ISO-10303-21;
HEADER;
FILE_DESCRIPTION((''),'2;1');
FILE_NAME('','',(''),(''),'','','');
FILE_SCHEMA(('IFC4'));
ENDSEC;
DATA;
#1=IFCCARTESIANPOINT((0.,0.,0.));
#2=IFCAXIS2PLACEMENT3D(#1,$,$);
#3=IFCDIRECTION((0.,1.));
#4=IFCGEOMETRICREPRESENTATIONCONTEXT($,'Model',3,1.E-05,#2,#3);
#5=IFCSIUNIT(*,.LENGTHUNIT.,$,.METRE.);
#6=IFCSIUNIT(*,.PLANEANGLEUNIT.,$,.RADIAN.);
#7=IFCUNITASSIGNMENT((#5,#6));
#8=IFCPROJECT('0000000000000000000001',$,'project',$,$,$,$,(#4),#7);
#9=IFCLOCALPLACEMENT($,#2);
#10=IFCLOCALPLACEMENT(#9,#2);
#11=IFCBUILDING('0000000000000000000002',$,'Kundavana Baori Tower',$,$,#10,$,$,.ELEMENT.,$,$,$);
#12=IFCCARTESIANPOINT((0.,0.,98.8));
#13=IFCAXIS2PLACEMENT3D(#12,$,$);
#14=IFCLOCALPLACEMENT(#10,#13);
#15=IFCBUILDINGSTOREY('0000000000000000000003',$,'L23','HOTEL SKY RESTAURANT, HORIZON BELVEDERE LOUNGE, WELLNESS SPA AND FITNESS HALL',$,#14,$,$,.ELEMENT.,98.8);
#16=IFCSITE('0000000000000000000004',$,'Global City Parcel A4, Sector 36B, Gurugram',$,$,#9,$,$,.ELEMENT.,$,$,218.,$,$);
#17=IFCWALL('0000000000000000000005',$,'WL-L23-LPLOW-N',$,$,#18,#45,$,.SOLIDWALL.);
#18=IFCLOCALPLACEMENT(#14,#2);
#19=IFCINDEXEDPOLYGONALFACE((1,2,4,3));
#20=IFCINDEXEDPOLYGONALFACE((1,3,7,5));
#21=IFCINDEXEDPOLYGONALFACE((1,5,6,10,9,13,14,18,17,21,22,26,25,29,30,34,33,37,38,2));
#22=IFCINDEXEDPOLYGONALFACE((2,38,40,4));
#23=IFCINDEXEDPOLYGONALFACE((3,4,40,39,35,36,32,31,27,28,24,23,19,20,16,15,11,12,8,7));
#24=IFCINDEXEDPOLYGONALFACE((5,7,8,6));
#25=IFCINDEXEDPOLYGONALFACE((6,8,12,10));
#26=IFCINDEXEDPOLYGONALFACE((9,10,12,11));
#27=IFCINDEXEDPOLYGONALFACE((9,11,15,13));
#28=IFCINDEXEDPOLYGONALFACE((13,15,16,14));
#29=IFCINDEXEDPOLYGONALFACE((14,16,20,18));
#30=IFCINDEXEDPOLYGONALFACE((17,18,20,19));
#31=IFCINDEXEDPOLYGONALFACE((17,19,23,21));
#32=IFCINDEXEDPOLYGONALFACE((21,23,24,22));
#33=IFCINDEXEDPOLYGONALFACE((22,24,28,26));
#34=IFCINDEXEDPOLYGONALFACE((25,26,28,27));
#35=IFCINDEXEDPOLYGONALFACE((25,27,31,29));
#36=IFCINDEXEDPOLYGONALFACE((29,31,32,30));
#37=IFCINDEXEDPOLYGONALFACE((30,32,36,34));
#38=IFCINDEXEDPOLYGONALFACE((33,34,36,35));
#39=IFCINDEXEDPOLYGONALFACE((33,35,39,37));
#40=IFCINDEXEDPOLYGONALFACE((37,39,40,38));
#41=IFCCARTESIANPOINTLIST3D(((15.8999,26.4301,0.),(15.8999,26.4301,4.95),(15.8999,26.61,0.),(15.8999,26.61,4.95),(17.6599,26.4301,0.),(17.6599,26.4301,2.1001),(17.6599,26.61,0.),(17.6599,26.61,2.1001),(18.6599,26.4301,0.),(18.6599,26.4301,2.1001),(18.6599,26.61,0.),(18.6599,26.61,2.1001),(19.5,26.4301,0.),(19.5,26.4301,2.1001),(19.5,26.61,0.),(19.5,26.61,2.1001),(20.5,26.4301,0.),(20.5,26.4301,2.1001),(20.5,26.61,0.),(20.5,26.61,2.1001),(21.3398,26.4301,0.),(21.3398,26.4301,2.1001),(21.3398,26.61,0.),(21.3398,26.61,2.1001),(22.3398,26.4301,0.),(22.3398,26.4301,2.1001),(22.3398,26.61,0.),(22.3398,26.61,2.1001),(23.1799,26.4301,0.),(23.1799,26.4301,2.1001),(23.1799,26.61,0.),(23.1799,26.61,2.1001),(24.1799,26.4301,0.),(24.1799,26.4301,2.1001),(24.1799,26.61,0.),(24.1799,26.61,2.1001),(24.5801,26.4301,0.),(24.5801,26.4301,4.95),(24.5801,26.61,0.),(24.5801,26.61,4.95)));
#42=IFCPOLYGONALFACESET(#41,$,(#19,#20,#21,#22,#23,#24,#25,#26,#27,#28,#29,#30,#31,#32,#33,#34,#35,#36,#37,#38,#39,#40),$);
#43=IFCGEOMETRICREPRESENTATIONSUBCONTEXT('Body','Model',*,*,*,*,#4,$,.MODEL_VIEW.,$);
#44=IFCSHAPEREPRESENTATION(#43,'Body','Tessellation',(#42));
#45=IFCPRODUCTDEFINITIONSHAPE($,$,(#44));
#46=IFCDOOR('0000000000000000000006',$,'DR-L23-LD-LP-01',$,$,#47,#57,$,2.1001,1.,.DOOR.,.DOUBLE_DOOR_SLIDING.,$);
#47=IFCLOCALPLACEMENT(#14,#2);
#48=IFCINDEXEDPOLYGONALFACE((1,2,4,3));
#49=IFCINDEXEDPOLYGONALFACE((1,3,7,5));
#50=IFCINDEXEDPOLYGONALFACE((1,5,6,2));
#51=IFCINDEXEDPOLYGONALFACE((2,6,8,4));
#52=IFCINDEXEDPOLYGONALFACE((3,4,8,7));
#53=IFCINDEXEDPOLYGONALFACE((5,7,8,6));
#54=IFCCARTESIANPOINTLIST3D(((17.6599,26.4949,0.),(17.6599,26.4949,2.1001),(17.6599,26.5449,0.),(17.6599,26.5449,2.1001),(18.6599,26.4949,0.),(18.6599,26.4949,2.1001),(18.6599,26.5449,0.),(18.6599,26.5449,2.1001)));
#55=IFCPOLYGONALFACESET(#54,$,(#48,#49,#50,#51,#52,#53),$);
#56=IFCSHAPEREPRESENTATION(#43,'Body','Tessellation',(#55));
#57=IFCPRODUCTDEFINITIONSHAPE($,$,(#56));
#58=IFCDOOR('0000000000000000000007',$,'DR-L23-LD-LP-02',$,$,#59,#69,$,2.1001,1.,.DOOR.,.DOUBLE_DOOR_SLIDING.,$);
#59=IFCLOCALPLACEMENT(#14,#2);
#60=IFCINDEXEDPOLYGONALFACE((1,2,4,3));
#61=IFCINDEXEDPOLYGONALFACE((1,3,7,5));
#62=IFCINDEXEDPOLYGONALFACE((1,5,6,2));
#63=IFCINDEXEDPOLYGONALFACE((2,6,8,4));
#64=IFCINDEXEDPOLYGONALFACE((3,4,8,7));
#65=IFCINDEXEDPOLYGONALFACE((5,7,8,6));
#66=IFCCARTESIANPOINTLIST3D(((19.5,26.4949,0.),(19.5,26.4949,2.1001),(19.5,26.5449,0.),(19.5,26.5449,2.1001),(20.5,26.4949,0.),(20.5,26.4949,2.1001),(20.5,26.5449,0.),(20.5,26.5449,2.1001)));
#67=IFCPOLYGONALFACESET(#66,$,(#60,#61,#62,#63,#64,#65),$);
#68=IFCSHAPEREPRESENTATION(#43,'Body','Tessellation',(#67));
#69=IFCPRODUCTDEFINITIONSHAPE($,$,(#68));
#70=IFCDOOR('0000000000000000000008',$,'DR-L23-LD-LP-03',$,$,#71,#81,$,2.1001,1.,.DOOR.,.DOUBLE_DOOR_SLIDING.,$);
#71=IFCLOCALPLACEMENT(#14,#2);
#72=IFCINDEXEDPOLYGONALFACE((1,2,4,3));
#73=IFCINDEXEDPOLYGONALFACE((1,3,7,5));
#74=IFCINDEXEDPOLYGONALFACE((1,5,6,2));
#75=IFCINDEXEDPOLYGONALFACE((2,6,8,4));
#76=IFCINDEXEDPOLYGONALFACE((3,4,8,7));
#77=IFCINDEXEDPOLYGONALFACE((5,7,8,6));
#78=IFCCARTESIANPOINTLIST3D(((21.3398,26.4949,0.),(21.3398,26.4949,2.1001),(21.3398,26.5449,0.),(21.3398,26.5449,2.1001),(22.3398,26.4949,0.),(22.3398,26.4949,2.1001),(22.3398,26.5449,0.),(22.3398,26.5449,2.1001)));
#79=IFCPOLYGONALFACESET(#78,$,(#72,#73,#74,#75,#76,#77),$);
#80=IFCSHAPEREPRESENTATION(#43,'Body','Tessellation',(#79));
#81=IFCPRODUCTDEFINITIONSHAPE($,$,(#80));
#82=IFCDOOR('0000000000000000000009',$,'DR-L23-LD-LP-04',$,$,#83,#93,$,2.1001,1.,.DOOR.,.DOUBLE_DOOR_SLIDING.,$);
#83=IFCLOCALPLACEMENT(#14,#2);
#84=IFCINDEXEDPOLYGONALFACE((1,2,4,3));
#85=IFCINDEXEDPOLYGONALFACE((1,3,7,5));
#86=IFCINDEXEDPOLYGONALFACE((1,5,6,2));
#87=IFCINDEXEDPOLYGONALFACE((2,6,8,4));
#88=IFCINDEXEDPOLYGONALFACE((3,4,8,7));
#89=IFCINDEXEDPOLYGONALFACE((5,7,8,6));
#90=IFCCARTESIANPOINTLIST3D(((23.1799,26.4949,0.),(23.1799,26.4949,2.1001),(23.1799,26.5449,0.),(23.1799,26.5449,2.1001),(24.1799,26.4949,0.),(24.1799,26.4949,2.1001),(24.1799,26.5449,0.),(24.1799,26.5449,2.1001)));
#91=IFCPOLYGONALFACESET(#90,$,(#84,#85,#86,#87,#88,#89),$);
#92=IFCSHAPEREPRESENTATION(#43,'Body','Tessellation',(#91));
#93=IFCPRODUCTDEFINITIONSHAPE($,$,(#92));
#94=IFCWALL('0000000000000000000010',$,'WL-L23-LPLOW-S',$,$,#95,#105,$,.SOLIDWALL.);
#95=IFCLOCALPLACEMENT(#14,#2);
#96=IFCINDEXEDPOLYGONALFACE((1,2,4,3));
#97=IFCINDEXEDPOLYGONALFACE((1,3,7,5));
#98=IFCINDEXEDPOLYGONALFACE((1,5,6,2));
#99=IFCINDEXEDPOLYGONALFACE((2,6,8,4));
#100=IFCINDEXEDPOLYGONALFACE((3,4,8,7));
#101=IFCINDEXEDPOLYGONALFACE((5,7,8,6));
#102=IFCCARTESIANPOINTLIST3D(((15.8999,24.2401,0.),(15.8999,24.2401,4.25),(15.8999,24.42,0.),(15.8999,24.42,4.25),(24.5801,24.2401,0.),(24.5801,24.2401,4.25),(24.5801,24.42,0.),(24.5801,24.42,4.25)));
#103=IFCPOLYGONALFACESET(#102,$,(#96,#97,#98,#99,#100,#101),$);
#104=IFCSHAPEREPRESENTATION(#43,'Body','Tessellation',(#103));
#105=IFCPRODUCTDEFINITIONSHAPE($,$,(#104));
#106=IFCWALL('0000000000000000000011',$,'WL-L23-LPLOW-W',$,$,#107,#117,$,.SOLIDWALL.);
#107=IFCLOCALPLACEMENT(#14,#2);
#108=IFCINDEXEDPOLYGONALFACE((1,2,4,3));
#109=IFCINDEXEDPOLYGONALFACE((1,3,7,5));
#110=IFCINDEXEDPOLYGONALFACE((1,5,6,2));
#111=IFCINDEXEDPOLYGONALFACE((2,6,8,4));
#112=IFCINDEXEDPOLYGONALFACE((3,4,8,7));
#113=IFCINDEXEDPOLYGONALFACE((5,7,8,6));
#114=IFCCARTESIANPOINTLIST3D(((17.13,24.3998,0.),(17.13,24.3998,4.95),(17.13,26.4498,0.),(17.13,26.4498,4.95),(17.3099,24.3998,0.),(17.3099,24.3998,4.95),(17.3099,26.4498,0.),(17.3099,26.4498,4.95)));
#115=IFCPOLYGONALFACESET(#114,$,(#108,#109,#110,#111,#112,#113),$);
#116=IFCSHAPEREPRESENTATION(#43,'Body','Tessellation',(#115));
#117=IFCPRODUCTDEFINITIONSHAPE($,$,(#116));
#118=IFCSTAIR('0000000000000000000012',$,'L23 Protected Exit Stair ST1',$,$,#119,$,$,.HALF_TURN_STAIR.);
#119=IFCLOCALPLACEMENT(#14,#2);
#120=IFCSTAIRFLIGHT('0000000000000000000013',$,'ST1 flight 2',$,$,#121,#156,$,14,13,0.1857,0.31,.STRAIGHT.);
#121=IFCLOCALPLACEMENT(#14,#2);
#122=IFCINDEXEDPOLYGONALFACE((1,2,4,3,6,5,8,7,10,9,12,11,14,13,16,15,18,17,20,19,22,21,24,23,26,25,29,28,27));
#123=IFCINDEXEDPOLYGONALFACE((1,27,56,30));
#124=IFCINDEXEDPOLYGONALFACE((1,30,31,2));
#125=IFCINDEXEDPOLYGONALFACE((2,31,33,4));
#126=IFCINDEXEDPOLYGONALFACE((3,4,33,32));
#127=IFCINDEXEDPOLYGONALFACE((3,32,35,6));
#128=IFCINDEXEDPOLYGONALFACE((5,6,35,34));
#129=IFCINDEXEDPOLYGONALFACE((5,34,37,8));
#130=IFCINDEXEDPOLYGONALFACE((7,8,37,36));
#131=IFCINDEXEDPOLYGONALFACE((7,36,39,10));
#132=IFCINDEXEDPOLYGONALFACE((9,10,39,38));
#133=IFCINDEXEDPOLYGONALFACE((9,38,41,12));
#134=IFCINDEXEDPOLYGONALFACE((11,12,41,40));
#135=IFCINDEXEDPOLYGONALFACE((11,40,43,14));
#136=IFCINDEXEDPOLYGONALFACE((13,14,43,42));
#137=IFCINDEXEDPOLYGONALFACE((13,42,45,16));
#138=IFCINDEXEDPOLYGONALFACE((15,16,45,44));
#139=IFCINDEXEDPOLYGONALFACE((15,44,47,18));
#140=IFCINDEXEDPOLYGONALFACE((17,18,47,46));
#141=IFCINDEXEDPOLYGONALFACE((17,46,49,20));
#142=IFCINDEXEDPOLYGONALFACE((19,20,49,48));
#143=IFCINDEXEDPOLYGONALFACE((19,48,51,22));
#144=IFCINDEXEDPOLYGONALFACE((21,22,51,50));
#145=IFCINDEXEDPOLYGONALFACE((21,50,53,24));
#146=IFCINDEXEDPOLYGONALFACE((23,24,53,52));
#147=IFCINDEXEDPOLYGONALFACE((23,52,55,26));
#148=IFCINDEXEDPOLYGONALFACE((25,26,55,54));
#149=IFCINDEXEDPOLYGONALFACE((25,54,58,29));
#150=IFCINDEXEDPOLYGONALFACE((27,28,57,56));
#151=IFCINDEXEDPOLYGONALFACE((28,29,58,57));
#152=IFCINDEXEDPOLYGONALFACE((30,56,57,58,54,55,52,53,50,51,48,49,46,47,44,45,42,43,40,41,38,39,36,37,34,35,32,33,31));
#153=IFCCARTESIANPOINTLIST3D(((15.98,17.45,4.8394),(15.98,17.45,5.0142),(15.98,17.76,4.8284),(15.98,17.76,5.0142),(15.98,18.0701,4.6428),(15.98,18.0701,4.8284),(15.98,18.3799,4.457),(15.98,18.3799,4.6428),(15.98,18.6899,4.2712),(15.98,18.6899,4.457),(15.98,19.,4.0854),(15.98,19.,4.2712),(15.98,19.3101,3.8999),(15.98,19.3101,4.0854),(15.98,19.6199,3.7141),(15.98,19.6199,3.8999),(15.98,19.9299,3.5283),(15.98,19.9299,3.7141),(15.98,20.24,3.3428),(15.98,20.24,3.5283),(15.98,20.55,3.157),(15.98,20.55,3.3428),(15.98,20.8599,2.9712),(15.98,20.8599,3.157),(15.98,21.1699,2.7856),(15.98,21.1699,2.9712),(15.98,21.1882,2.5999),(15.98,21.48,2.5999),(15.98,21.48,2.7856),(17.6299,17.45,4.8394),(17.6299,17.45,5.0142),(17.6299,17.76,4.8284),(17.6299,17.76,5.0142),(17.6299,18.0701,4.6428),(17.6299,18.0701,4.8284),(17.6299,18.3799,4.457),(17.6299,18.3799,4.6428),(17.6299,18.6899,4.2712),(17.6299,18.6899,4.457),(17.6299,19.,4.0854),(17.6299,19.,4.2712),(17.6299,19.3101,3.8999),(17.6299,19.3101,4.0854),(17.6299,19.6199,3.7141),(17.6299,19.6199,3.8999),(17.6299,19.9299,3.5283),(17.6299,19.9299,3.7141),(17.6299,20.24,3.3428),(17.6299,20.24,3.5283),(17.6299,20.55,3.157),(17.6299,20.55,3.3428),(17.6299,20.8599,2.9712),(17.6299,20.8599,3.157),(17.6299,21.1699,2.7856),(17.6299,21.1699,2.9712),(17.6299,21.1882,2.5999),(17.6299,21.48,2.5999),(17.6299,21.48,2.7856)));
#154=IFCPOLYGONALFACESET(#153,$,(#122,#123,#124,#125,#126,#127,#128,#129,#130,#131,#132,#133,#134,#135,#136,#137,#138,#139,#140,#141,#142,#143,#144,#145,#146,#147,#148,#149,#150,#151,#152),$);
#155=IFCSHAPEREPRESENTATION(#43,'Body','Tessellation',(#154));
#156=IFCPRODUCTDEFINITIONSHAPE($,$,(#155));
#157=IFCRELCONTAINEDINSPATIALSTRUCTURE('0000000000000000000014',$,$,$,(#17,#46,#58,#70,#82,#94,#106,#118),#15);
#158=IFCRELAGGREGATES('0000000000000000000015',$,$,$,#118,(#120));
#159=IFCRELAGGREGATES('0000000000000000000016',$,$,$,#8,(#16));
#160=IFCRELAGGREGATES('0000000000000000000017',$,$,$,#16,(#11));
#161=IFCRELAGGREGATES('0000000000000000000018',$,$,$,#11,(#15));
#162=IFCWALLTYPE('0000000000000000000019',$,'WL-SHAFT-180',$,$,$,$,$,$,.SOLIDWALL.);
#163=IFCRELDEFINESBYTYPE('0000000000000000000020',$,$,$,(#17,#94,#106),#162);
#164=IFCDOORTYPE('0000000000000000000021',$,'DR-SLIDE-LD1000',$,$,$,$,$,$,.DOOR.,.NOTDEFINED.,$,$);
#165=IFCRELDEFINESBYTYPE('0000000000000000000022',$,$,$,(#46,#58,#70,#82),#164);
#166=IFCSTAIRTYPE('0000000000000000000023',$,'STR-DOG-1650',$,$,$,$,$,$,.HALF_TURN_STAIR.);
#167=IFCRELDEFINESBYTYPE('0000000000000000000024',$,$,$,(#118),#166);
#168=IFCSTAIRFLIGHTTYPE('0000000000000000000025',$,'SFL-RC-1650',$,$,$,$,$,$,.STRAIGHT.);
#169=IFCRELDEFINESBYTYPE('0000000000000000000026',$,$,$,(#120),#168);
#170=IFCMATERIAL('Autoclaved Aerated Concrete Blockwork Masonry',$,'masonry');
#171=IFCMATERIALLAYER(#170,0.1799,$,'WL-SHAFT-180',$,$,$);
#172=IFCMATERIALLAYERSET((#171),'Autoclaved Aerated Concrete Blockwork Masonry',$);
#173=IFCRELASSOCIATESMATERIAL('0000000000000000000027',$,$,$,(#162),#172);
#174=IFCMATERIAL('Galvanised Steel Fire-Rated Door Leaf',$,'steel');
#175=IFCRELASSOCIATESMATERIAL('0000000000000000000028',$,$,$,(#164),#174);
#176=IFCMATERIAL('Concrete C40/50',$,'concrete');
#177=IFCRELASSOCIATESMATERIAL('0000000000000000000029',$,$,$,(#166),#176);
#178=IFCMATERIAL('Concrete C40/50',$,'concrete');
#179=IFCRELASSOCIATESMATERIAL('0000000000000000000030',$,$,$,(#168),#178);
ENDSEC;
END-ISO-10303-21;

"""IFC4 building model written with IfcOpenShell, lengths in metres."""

from ifc_helpers import new_model, si_unit, direction, frame, frame_2d, origin, place, context, subcontext, project, spatial, polyline, rectangle, outline, extrude, material, layer, layer_set, type_object, element, fill, aggregate, save


model = new_model("IFC4")

# Units and contexts
model_context = context("Model", 3, precision=1e-05, world=origin(), true_north=direction((0.0, 1.0)))
body_context = subcontext(model_context, "Body", "Model", "MODEL_VIEW")
ifc_project = project(units=[si_unit("LENGTHUNIT", "METRE"), si_unit("PLANEANGLEUNIT", "RADIAN")], contexts=[model_context])

# Site, building, storey
site_placement = place(None, origin())
site = spatial("IfcSite", under=ifc_project, at=site_placement, Name="Global City Parcel A4, Sector 36B, Gurugram", CompositionType="ELEMENT", RefElevation=218.0)
building_placement = place(site_placement, origin())
building = spatial("IfcBuilding", under=site, at=building_placement, Name="Kundavana Baori Tower", CompositionType="ELEMENT")
storey_placement = place(building_placement, frame((0.0, 0.0, 98.8)))
storey = spatial("IfcBuildingStorey", under=building, at=storey_placement, Name="L23", Description="HOTEL SKY RESTAURANT, HORIZON BELVEDERE LOUNGE, WELLNESS SPA AND FITNESS HALL", CompositionType="ELEMENT", Elevation=98.8)

# Shared definitions
ifc_material_1 = material(Name="Autoclaved Aerated Concrete Blockwork Masonry", Category="masonry")
ifc_layer_1 = layer(ifc_material_1, 0.1799, Name="WL-SHAFT-180")
ifc_layer_set_1 = layer_set([ifc_layer_1], Name="Autoclaved Aerated Concrete Blockwork Masonry")
wall_type_1 = type_object("IfcWallType", Name="WL-SHAFT-180", PredefinedType="SOLIDWALL", material=ifc_layer_set_1)

# Wall, openings, doors
wall_1_placement = place(storey_placement, frame((15.8999, 26.52, 0.0), z_axis=(0.0, 0.0, 1.0), x_axis=(1.0, 0.0, 0.0)))
wall_1 = element("IfcWall", 1, at=wall_1_placement, inside=storey, type_object=wall_type_1, Name="WL-L23-LPLOW-N", PredefinedType="SOLIDWALL", context=body_context, shape_type="SweptSolid", body=[
    extrude(rectangle(XDim=8.6802, YDim=0.1799, at=frame_2d((4.3401, 0.0))), origin(), (0.0, 0.0, 1.0), 4.95),
])
opening_1_placement = place(wall_1_placement, frame((1.76, 0.0, 0.0)))
opening_1 = element("IfcOpeningElement", 2, at=opening_1_placement, cuts=wall_1, PredefinedType="OPENING", context=body_context, shape_type="SweptSolid", body=[
    extrude(rectangle(XDim=1.0, YDim=2.1001, at=frame_2d((0.5, 1.05))), frame((0.0, 0.1001, 0.0), z_axis=(0.0, -1.0, 0.0), x_axis=(1.0, 0.0, 0.0)), (0.0, 0.0, 1.0), 0.2),
])
opening_2_placement = place(wall_1_placement, frame((3.6001, 0.0, 0.0)))
opening_2 = element("IfcOpeningElement", 3, at=opening_2_placement, cuts=wall_1, PredefinedType="OPENING", context=body_context, shape_type="SweptSolid", body=[
    extrude(rectangle(XDim=1.0, YDim=2.1001, at=frame_2d((0.5, 1.05))), frame((0.0, 0.1001, 0.0), z_axis=(0.0, -1.0, 0.0), x_axis=(1.0, 0.0, 0.0)), (0.0, 0.0, 1.0), 0.2),
])
opening_3_placement = place(wall_1_placement, frame((5.4399, 0.0, 0.0)))
opening_3 = element("IfcOpeningElement", 4, at=opening_3_placement, cuts=wall_1, PredefinedType="OPENING", context=body_context, shape_type="SweptSolid", body=[
    extrude(rectangle(XDim=1.0, YDim=2.1001, at=frame_2d((0.5, 1.05))), frame((0.0, 0.1001, 0.0), z_axis=(0.0, -1.0, 0.0), x_axis=(1.0, 0.0, 0.0)), (0.0, 0.0, 1.0), 0.2),
])
opening_4_placement = place(wall_1_placement, frame((7.28, 0.0, 0.0)))
opening_4 = element("IfcOpeningElement", 5, at=opening_4_placement, cuts=wall_1, PredefinedType="OPENING", context=body_context, shape_type="SweptSolid", body=[
    extrude(rectangle(XDim=1.0, YDim=2.1001, at=frame_2d((0.5, 1.05))), frame((0.0, 0.1001, 0.0), z_axis=(0.0, -1.0, 0.0), x_axis=(1.0, 0.0, 0.0)), (0.0, 0.0, 1.0), 0.2),
])
ifc_material_2 = material(Name="Galvanised Steel Fire-Rated Door Leaf", Category="steel")
door_type_1 = type_object("IfcDoorType", Name="DR-SLIDE-LD1000", OperationType="NOTDEFINED", PredefinedType="DOOR", material=ifc_material_2)
door_1_placement = place(opening_1_placement, origin())
door_1 = element("IfcDoor", 6, at=door_1_placement, inside=storey, type_object=door_type_1, Name="DR-L23-LD-LP-01", OperationType="DOUBLE_DOOR_SLIDING", OverallHeight=2.1001, OverallWidth=1.0, PredefinedType="DOOR", context=body_context, shape_type="SweptSolid", body=[
    extrude(rectangle(XDim=1.0, YDim=2.1001, at=frame_2d((0.5, 1.05))), frame((0.0, 0.0249, 0.0), z_axis=(0.0, -1.0, 0.0), x_axis=(1.0, 0.0, 0.0)), (0.0, 0.0, 1.0), 0.05),
])
fill(opening_1, door_1)
door_2_placement = place(opening_2_placement, origin())
door_2 = element("IfcDoor", 7, at=door_2_placement, inside=storey, type_object=door_type_1, Name="DR-L23-LD-LP-02", OperationType="DOUBLE_DOOR_SLIDING", OverallHeight=2.1001, OverallWidth=1.0, PredefinedType="DOOR", context=body_context, shape_type="SweptSolid", body=[
    extrude(rectangle(XDim=1.0, YDim=2.1001, at=frame_2d((0.5, 1.05))), frame((0.0, 0.0249, 0.0), z_axis=(0.0, -1.0, 0.0), x_axis=(1.0, 0.0, 0.0)), (0.0, 0.0, 1.0), 0.05),
])
fill(opening_2, door_2)
door_3_placement = place(opening_3_placement, origin())
door_3 = element("IfcDoor", 8, at=door_3_placement, inside=storey, type_object=door_type_1, Name="DR-L23-LD-LP-03", OperationType="DOUBLE_DOOR_SLIDING", OverallHeight=2.1001, OverallWidth=1.0, PredefinedType="DOOR", context=body_context, shape_type="SweptSolid", body=[
    extrude(rectangle(XDim=1.0, YDim=2.1001, at=frame_2d((0.5, 1.05))), frame((0.0, 0.0249, 0.0), z_axis=(0.0, -1.0, 0.0), x_axis=(1.0, 0.0, 0.0)), (0.0, 0.0, 1.0), 0.05),
])
fill(opening_3, door_3)
door_4_placement = place(opening_4_placement, origin())
door_4 = element("IfcDoor", 9, at=door_4_placement, inside=storey, type_object=door_type_1, Name="DR-L23-LD-LP-04", OperationType="DOUBLE_DOOR_SLIDING", OverallHeight=2.1001, OverallWidth=1.0, PredefinedType="DOOR", context=body_context, shape_type="SweptSolid", body=[
    extrude(rectangle(XDim=1.0, YDim=2.1001, at=frame_2d((0.5, 1.05))), frame((0.0, 0.0249, 0.0), z_axis=(0.0, -1.0, 0.0), x_axis=(1.0, 0.0, 0.0)), (0.0, 0.0, 1.0), 0.05),
])
fill(opening_4, door_4)

# Walls
wall_2_placement = place(storey_placement, frame((15.8999, 24.3301, 0.0), z_axis=(0.0, 0.0, 1.0), x_axis=(1.0, 0.0, 0.0)))
element("IfcWall", 10, at=wall_2_placement, inside=storey, type_object=wall_type_1, Name="WL-L23-LPLOW-S", PredefinedType="SOLIDWALL", context=body_context, shape_type="SweptSolid", body=[
    extrude(rectangle(XDim=8.6802, YDim=0.1799, at=frame_2d((4.3401, 0.0))), origin(), (0.0, 0.0, 1.0), 4.25),
])
wall_3_placement = place(storey_placement, frame((17.22, 24.3999, 0.0), z_axis=(0.0, 0.0, 1.0), x_axis=(0.0, 1.0, 0.0)))
element("IfcWall", 11, at=wall_3_placement, inside=storey, type_object=wall_type_1, Name="WL-L23-LPLOW-W", PredefinedType="SOLIDWALL", context=body_context, shape_type="SweptSolid", body=[
    extrude(rectangle(XDim=2.05, YDim=0.1799, at=frame_2d((1.0249, 0.0))), origin(), (0.0, 0.0, 1.0), 4.95),
])

# Stair, stair flight
ifc_material_3 = material(Name="Concrete C40/50", Category="concrete")
stair_type = type_object("IfcStairType", Name="STR-DOG-1650", PredefinedType="HALF_TURN_STAIR", material=ifc_material_3)
stair_placement = place(storey_placement, origin())
stair = element("IfcStair", 12, at=stair_placement, inside=storey, type_object=stair_type, Name="L23 Protected Exit Stair ST1", PredefinedType="HALF_TURN_STAIR")
ifc_material_4 = material(Name="Concrete C40/50", Category="concrete")
stair_flight_type = type_object("IfcStairFlightType", Name="SFL-RC-1650", PredefinedType="STRAIGHT", material=ifc_material_4)
stair_flight_placement = place(storey_placement, frame((16.8049, 21.48, 2.5999), z_axis=(0.0, 0.0, 1.0), x_axis=(0.0, -1.0, 0.0)))
stair_flight = element("IfcStairFlight", 13, at=stair_flight_placement, type_object=stair_flight_type, Name="ST1 flight 2", NumberOfRisers=14, NumberOfTreads=13, PredefinedType="STRAIGHT", RiserHeight=0.1857, TreadLength=0.31, context=body_context, shape_type="SweptSolid", body=[
    extrude(outline(polyline([(0.0, 0.0), (0.0, 0.1858), (0.3101, 0.1858), (0.3101, 0.3713), (0.6201, 0.3713), (0.6201, 0.5571), (0.9299, 0.5571), (0.9299, 0.7429), (1.24, 0.7429), (1.24, 0.9285), (1.55, 0.9285), (1.55, 1.1143), (1.8601, 1.1143), (1.8601, 1.3), (2.1699, 1.3), (2.1699, 1.4856), (2.48, 1.4856), (2.48, 1.6714), (2.79, 1.6714), (2.79, 1.8572), (3.1001, 1.8572), (3.1001, 2.043), (3.4099, 2.043), (3.4099, 2.2285), (3.72, 2.2285), (3.72, 2.4143), (4.03, 2.4143), (4.03, 2.6001), (4.03, 2.2395), (0.2917, 0.0), (0.0, 0.0)])), frame((0.0, 0.825, 0.0), z_axis=(0.0, -1.0, 0.0), x_axis=(1.0, 0.0, 0.0)), (0.0, 0.0, 1.0), 1.6499),
])
aggregate(stair, [stair_flight])

save(model, "model.ifc")
